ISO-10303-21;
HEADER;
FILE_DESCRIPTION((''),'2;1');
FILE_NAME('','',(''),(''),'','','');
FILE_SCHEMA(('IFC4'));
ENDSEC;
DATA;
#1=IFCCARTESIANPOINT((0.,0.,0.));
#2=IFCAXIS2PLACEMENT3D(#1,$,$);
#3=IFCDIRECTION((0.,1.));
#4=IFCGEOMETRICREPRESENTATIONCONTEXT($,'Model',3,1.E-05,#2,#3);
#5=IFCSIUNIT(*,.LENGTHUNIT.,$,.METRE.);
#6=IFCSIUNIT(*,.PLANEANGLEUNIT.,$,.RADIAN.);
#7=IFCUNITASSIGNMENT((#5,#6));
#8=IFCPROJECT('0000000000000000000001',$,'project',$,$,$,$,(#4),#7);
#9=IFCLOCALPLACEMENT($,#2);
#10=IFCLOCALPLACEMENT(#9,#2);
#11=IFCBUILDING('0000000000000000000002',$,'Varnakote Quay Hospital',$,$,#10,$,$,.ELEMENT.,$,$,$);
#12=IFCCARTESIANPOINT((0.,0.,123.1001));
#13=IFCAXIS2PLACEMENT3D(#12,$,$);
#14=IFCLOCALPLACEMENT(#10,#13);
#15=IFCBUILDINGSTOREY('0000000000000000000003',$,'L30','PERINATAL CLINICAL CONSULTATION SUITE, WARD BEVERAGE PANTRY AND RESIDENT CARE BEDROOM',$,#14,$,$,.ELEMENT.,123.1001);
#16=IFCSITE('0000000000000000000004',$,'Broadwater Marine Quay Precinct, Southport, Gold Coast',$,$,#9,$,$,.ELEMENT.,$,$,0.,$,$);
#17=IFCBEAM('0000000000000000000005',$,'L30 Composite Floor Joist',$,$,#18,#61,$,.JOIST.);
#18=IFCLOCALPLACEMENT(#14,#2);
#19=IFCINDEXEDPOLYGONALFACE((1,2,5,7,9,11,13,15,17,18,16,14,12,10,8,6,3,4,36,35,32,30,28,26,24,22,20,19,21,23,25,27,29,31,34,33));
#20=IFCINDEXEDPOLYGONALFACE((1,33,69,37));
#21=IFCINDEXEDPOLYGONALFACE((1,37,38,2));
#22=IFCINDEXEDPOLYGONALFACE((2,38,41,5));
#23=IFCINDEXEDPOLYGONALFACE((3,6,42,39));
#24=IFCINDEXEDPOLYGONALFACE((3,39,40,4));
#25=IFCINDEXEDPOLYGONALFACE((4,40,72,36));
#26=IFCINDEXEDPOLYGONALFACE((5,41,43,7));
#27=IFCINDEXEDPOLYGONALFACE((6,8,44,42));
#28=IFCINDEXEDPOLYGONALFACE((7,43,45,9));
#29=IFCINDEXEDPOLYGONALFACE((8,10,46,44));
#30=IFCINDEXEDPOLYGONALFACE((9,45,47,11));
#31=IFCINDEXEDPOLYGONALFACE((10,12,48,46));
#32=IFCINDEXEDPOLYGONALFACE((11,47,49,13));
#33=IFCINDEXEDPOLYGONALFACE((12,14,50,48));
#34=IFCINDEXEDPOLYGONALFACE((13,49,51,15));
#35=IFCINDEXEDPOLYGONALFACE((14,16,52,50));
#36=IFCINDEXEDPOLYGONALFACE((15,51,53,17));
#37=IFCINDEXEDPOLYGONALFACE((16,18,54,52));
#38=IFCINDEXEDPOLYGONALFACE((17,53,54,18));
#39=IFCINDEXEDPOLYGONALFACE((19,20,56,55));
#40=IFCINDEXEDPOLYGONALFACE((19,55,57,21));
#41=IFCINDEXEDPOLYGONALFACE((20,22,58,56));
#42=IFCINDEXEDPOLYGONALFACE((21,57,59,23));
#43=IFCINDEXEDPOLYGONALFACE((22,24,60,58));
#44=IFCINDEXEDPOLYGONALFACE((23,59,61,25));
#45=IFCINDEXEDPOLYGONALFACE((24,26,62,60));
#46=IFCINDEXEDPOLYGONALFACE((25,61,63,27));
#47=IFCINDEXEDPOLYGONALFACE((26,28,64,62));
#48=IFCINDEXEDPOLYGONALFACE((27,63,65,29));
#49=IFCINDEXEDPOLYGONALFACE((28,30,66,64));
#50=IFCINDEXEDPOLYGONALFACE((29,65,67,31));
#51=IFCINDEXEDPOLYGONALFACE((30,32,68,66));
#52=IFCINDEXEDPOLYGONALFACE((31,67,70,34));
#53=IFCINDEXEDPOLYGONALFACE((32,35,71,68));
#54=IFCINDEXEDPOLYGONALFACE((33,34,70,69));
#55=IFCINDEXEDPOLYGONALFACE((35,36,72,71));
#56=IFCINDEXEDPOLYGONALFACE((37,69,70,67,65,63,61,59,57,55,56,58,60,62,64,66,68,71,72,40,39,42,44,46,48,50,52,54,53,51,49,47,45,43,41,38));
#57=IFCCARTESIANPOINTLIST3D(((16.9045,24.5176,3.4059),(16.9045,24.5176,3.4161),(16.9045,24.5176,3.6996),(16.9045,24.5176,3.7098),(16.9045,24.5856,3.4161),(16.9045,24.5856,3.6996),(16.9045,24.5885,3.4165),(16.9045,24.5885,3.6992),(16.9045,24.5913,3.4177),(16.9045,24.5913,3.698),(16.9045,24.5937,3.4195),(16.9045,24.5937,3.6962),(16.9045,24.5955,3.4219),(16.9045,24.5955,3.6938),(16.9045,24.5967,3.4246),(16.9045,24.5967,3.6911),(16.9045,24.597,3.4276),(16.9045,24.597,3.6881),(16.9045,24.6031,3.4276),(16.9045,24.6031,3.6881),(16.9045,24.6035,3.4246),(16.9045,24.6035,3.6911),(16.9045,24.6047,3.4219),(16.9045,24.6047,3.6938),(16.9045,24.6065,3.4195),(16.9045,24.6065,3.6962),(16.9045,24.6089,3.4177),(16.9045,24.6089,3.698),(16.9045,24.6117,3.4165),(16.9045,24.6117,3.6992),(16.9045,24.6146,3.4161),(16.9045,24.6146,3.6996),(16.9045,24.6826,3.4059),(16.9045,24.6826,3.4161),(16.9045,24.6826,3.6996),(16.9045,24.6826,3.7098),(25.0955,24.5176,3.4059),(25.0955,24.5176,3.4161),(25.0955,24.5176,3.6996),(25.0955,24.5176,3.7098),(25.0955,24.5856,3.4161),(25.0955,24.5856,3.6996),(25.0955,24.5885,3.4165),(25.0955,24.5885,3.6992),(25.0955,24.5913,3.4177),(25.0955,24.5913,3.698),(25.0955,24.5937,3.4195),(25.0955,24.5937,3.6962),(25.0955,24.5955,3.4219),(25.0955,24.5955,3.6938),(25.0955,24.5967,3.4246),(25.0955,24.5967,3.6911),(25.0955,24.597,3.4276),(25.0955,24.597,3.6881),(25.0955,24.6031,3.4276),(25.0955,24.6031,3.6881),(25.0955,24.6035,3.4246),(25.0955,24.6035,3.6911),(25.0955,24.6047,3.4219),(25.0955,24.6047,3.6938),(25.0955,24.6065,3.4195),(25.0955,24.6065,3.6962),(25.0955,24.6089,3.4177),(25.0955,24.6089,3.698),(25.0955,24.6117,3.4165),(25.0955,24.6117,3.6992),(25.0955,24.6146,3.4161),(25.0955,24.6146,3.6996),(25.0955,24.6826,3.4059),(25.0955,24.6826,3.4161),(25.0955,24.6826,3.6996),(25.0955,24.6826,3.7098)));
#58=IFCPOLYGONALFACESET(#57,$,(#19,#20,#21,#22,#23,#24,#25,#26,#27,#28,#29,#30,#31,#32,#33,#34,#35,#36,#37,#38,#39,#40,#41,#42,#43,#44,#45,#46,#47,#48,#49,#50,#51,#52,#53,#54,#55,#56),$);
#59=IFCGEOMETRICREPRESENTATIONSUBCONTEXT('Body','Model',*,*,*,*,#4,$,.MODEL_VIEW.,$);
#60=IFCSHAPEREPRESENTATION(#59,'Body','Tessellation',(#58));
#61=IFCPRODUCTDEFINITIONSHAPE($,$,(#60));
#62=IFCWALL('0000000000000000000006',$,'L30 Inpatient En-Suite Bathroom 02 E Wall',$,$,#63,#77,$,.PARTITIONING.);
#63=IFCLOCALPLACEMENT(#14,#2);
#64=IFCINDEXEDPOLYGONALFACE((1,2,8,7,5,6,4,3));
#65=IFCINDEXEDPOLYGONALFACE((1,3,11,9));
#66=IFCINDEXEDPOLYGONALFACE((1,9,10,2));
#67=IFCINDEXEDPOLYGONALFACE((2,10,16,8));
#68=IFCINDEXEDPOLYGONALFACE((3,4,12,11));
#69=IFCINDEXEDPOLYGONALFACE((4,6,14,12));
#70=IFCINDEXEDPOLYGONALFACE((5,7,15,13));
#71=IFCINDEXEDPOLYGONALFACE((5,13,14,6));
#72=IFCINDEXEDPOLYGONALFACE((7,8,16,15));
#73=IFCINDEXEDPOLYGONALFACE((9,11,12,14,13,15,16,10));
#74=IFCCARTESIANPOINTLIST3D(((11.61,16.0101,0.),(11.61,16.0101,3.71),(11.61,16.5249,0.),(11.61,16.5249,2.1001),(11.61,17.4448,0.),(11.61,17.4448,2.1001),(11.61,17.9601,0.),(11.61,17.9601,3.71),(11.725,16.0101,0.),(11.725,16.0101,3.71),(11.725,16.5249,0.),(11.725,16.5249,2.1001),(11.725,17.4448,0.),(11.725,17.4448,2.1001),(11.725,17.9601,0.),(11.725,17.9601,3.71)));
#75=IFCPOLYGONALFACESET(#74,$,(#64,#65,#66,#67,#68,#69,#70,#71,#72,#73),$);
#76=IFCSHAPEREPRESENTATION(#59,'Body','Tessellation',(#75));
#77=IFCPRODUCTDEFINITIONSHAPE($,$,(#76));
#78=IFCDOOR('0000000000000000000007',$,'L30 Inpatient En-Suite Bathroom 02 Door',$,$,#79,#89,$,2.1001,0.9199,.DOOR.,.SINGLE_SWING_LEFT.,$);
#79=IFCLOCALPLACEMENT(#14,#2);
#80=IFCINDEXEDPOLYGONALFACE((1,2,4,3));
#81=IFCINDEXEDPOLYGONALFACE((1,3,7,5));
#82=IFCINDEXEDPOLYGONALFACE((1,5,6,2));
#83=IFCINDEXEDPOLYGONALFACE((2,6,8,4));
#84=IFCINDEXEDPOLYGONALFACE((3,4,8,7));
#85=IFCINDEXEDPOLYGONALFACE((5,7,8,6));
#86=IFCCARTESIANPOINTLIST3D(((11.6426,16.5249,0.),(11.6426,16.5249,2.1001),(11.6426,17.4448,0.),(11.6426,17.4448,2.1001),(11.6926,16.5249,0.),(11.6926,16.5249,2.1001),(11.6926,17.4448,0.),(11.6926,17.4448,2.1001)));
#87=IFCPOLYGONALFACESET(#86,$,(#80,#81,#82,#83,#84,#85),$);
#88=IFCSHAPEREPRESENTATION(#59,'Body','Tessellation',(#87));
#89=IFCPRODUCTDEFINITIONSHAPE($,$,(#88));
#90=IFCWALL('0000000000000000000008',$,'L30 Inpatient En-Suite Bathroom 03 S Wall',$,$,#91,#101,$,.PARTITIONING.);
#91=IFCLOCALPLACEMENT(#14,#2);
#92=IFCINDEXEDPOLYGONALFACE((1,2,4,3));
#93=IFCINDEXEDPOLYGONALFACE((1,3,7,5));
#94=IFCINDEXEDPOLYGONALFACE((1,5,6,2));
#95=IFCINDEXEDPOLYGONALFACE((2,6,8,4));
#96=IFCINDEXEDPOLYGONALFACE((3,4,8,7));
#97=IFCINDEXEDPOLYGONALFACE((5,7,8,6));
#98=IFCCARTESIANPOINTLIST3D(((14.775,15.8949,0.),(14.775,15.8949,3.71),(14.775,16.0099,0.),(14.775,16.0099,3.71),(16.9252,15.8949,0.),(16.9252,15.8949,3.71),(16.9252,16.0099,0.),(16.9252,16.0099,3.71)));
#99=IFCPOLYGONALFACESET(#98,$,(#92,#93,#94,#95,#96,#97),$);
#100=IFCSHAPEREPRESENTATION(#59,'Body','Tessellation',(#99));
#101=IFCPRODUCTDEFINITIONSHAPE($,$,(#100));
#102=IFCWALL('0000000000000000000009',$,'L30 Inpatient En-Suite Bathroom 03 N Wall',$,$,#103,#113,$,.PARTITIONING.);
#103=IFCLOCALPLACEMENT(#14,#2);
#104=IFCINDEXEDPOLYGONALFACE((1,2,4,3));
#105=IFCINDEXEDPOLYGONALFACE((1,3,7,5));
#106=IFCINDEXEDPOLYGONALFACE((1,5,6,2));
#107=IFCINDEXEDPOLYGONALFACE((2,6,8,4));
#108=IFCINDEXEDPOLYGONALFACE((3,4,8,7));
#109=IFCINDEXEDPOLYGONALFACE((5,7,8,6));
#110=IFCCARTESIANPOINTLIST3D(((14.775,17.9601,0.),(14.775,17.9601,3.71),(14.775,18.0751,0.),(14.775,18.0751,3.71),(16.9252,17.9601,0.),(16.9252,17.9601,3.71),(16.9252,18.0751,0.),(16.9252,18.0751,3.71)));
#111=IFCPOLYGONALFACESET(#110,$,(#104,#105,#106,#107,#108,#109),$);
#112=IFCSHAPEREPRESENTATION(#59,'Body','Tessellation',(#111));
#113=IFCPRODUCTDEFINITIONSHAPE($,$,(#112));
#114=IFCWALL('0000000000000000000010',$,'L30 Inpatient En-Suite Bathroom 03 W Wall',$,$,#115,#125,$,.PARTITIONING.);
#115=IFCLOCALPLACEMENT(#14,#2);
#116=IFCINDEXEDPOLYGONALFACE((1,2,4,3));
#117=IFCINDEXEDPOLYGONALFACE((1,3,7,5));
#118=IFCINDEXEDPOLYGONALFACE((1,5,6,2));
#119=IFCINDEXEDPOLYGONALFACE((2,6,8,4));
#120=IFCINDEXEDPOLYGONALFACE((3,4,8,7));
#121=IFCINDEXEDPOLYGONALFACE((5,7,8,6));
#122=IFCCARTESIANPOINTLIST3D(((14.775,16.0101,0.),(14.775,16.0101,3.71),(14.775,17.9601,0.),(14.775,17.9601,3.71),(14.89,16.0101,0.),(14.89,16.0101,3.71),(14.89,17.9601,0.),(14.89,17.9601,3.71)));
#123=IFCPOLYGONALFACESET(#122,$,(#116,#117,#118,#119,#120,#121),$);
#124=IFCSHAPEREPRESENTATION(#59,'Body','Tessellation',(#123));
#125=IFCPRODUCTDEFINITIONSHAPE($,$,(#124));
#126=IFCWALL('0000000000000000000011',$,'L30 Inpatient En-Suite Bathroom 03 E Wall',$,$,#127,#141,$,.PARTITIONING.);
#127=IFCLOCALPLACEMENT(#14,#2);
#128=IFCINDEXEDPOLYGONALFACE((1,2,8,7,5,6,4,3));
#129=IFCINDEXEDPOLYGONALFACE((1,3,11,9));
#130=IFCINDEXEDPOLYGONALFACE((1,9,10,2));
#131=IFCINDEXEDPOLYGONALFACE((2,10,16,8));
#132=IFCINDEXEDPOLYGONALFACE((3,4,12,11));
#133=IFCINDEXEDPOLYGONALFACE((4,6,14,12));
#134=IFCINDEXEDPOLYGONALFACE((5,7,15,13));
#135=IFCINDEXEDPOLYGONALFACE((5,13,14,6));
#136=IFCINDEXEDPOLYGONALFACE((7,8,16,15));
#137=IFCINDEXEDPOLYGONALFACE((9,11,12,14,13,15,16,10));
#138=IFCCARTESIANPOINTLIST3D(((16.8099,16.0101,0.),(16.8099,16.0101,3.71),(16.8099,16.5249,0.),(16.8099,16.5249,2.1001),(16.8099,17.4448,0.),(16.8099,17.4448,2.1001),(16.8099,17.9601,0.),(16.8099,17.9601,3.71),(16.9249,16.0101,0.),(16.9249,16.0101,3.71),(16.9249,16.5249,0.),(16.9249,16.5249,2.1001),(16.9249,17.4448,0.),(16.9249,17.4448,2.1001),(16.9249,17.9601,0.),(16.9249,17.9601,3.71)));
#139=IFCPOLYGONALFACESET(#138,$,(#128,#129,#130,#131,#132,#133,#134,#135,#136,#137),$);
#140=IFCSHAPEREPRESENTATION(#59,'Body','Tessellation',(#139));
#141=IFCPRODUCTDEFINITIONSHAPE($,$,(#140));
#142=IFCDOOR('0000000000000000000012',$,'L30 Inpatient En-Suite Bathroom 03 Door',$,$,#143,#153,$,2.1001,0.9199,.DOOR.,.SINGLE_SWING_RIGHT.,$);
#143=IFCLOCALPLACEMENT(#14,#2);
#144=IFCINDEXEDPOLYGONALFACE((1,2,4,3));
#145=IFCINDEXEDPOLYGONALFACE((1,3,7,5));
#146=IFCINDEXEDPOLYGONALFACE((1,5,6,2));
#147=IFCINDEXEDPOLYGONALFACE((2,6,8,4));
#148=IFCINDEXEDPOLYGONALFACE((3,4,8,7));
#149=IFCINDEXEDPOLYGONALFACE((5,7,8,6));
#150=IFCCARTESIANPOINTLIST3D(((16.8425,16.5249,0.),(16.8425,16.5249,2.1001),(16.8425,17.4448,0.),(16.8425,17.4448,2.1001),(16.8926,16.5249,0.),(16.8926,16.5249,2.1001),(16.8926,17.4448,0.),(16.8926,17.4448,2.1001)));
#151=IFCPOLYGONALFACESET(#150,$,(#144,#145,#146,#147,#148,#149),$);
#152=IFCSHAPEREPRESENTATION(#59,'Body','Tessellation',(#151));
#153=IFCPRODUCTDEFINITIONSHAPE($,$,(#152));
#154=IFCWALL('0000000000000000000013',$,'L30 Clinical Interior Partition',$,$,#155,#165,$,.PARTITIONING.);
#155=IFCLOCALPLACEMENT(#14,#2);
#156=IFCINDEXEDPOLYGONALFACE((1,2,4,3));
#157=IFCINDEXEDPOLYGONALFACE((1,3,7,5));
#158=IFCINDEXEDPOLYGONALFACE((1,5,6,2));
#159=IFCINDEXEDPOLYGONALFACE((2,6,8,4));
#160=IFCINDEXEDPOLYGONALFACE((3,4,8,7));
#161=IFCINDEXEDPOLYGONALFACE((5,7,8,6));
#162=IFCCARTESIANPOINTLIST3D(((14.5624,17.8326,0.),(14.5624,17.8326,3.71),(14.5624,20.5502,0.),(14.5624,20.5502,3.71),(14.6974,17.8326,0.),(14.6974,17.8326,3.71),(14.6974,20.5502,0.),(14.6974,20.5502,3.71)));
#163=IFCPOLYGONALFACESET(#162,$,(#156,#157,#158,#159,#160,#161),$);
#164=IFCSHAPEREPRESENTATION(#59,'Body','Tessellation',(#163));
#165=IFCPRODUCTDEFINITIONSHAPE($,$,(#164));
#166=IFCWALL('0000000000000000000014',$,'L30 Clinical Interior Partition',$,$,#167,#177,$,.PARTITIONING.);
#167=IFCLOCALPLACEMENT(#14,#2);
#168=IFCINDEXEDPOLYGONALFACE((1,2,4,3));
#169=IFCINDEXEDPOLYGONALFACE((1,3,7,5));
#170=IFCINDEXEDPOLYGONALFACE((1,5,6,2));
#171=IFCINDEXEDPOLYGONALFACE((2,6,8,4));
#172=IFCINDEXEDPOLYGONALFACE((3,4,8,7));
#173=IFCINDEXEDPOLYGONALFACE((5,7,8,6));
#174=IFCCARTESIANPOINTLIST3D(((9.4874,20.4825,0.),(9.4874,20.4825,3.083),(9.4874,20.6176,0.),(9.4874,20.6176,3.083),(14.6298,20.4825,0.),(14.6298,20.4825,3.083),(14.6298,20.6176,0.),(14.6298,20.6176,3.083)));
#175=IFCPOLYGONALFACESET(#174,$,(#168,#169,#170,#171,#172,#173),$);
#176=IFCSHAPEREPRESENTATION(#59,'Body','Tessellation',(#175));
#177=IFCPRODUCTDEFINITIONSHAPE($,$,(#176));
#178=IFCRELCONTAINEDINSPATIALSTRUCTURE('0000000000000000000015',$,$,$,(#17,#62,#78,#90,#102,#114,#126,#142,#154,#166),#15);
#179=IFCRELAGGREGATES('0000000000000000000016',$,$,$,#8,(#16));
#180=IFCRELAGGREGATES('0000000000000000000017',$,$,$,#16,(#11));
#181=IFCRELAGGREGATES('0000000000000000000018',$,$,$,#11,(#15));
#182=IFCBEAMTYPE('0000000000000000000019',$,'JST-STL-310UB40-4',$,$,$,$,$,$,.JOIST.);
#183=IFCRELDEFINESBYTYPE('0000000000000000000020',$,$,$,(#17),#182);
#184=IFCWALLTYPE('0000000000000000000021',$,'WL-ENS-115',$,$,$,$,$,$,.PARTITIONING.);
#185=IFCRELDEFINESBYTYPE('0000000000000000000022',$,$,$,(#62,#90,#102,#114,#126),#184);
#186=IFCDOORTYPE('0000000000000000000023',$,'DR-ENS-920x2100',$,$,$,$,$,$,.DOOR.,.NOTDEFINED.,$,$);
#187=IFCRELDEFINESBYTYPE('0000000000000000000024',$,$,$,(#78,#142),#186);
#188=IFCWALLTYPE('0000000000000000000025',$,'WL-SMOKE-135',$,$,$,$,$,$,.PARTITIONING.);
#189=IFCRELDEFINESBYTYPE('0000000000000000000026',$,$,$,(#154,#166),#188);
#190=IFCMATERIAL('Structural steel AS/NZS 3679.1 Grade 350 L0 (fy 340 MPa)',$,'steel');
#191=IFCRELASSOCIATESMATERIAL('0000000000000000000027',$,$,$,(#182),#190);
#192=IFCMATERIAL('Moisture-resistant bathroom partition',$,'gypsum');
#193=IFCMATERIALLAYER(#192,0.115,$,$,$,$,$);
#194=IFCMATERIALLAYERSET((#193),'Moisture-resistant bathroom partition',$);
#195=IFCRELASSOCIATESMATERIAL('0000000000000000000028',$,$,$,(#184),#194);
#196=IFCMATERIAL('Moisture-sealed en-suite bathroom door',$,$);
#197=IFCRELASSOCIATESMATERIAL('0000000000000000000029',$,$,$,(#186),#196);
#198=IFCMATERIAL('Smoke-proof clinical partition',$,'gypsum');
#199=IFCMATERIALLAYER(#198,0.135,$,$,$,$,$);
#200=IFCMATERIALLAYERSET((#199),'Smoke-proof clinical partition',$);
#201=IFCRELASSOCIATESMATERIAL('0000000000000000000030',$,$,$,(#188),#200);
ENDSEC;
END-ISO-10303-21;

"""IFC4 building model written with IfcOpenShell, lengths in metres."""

from ifc_helpers import new_model, si_unit, direction, frame, frame_2d, origin, origin_2d, place, context, subcontext, project, spatial, rectangle, i_section, extrude, material, layer, layer_set, material_profile, profile_set, type_object, element, fill, save


model = new_model("IFC4")

# Units and contexts
model_context = context("Model", 3, precision=1e-05, world=origin(), true_north=direction((0.0, 1.0)))
body_context = subcontext(model_context, "Body", "Model", "MODEL_VIEW")
ifc_project = project(units=[si_unit("LENGTHUNIT", "METRE"), si_unit("PLANEANGLEUNIT", "RADIAN")], contexts=[model_context])

# Site, building, storey
site_placement = place(None, origin())
site = spatial("IfcSite", under=ifc_project, at=site_placement, Name="Broadwater Marine Quay Precinct, Southport, Gold Coast", CompositionType="ELEMENT", RefElevation=0.0)
building_placement = place(site_placement, origin())
building = spatial("IfcBuilding", under=site, at=building_placement, Name="Varnakote Quay Hospital", CompositionType="ELEMENT")
storey_placement = place(building_placement, frame((0.0, 0.0, 123.1001)))
storey = spatial("IfcBuildingStorey", under=building, at=storey_placement, Name="L30", Description="PERINATAL CLINICAL CONSULTATION SUITE, WARD BEVERAGE PANTRY AND RESIDENT CARE BEDROOM", CompositionType="ELEMENT", Elevation=123.1001)

# Beam
ifc_material_1 = material(Name="Structural steel AS/NZS 3679.1 Grade 350 L0 (fy 340 MPa)", Category="steel")
ifc_material_profile_1 = material_profile(ifc_material_1, i_section(OverallWidth=0.165, OverallDepth=0.304, WebThickness=0.0061, FlangeThickness=0.0103, FilletRadius=0.0115, at=origin_2d()), Name="310UB40.4")
ifc_profile_set_1 = profile_set([ifc_material_profile_1], Name="Structural steel AS/NZS 3679.1 Grade 350 L0 (fy 340 MPa)")
beam_type_1 = type_object("IfcBeamType", Name="JST-STL-310UB40-4", PredefinedType="JOIST", material=ifc_profile_set_1)
beam_1_placement = place(storey_placement, frame((16.9045, 24.6001, 3.5579), z_axis=(1.0, 0.0, 0.0), x_axis=(0.0, 1.0, 0.0)))
element("IfcBeam", 1, at=beam_1_placement, inside=storey, type_object=beam_type_1, Name="L30 Composite Floor Joist", PredefinedType="JOIST", context=body_context, shape_type="SweptSolid", body=[
    extrude(i_section(OverallWidth=0.165, OverallDepth=0.304, WebThickness=0.0061, FlangeThickness=0.0103, FilletRadius=0.0115, at=origin_2d()), origin(), (0.0, 0.0, 1.0), 8.1909),
])

# Wall, opening, door
ifc_material_2 = material(Name="Moisture-resistant bathroom partition", Category="gypsum")
ifc_layer_1 = layer(ifc_material_2, 0.115)
ifc_layer_set_1 = layer_set([ifc_layer_1], Name="Moisture-resistant bathroom partition")
wall_type_1 = type_object("IfcWallType", Name="WL-ENS-115", PredefinedType="PARTITIONING", material=ifc_layer_set_1)
wall_1_placement = place(storey_placement, frame((11.6675, 16.01, 0.0), z_axis=(0.0, 0.0, 1.0), x_axis=(0.0, 1.0, 0.0)))
wall_1 = element("IfcWall", 2, at=wall_1_placement, inside=storey, type_object=wall_type_1, Name="L30 Inpatient En-Suite Bathroom 02 E Wall", PredefinedType="PARTITIONING", context=body_context, shape_type="SweptSolid", body=[
    extrude(rectangle(XDim=1.95, YDim=0.115, at=frame_2d((0.9751, 0.0))), origin(), (0.0, 0.0, 1.0), 3.71),
])
opening_1_placement = place(wall_1_placement, frame((0.5149, 0.0, 0.0)))
opening_1 = element("IfcOpeningElement", 3, at=opening_1_placement, cuts=wall_1, PredefinedType="OPENING", context=body_context, shape_type="SweptSolid", body=[
    extrude(rectangle(XDim=0.9199, YDim=2.1001, at=frame_2d((0.46, 1.05))), frame((0.0, 0.0674, 0.0), z_axis=(0.0, -1.0, 0.0), x_axis=(1.0, 0.0, 0.0)), (0.0, 0.0, 1.0), 0.135),
])
ifc_material_3 = material(Name="Moisture-sealed en-suite bathroom door")
door_type_1 = type_object("IfcDoorType", Name="DR-ENS-920x2100", OperationType="NOTDEFINED", PredefinedType="DOOR", material=ifc_material_3)
door_1_placement = place(opening_1_placement, origin())
door_1 = element("IfcDoor", 4, at=door_1_placement, inside=storey, type_object=door_type_1, Name="L30 Inpatient En-Suite Bathroom 02 Door", OperationType="SINGLE_SWING_LEFT", OverallHeight=2.1001, OverallWidth=0.9199, PredefinedType="DOOR", context=body_context, shape_type="SweptSolid", body=[
    extrude(rectangle(XDim=0.9199, YDim=2.1001, at=frame_2d((0.46, 1.05))), frame((0.0, 0.0249, 0.0), z_axis=(0.0, -1.0, 0.0), x_axis=(1.0, 0.0, 0.0)), (0.0, 0.0, 1.0), 0.05),
])
fill(opening_1, door_1)

# Walls
for number, where, z_axis, x_axis, name in (
    (5, (14.7749, 15.9524, 0.0), (0.0, 0.0, 1.0), (1.0, 0.0, 0.0), "L30 Inpatient En-Suite Bathroom 03 S Wall"),
    (6, (14.7749, 18.0176, 0.0), (0.0, 0.0, 1.0), (1.0, 0.0, 0.0), "L30 Inpatient En-Suite Bathroom 03 N Wall"),
):
    element("IfcWall", number, at=place(storey_placement, frame(where, z_axis=z_axis, x_axis=x_axis)), inside=storey, type_object=wall_type_1, Name=name, PredefinedType="PARTITIONING", context=body_context, shape_type="SweptSolid", body=[
        extrude(rectangle(XDim=2.1501, YDim=0.115, at=frame_2d((1.0752, 0.0))), origin(), (0.0, 0.0, 1.0), 3.71),
    ])
wall_2_placement = place(storey_placement, frame((14.8325, 16.01, 0.0), z_axis=(0.0, 0.0, 1.0), x_axis=(0.0, 1.0, 0.0)))
element("IfcWall", 7, at=wall_2_placement, inside=storey, type_object=wall_type_1, Name="L30 Inpatient En-Suite Bathroom 03 W Wall", PredefinedType="PARTITIONING", context=body_context, shape_type="SweptSolid", body=[
    extrude(rectangle(XDim=1.95, YDim=0.115, at=frame_2d((0.9751, 0.0))), origin(), (0.0, 0.0, 1.0), 3.71),
])

# Wall, opening, door
wall_3_placement = place(storey_placement, frame((16.8674, 16.01, 0.0), z_axis=(0.0, 0.0, 1.0), x_axis=(0.0, 1.0, 0.0)))
wall_3 = element("IfcWall", 8, at=wall_3_placement, inside=storey, type_object=wall_type_1, Name="L30 Inpatient En-Suite Bathroom 03 E Wall", PredefinedType="PARTITIONING", context=body_context, shape_type="SweptSolid", body=[
    extrude(rectangle(XDim=1.95, YDim=0.115, at=frame_2d((0.9751, 0.0))), origin(), (0.0, 0.0, 1.0), 3.71),
])
opening_2_placement = place(wall_3_placement, frame((0.5149, 0.0, 0.0)))
opening_2 = element("IfcOpeningElement", 9, at=opening_2_placement, cuts=wall_3, PredefinedType="OPENING", context=body_context, shape_type="SweptSolid", body=[
    extrude(rectangle(XDim=0.9199, YDim=2.1001, at=frame_2d((0.46, 1.05))), frame((0.0, 0.0674, 0.0), z_axis=(0.0, -1.0, 0.0), x_axis=(1.0, 0.0, 0.0)), (0.0, 0.0, 1.0), 0.135),
])
door_2_placement = place(opening_2_placement, origin())
door_2 = element("IfcDoor", 10, at=door_2_placement, inside=storey, type_object=door_type_1, Name="L30 Inpatient En-Suite Bathroom 03 Door", OperationType="SINGLE_SWING_RIGHT", OverallHeight=2.1001, OverallWidth=0.9199, PredefinedType="DOOR", context=body_context, shape_type="SweptSolid", body=[
    extrude(rectangle(XDim=0.9199, YDim=2.1001, at=frame_2d((0.46, 1.05))), frame((0.0, 0.0249, 0.0), z_axis=(0.0, -1.0, 0.0), x_axis=(1.0, 0.0, 0.0)), (0.0, 0.0, 1.0), 0.05),
])
fill(opening_2, door_2)

# Walls
ifc_material_4 = material(Name="Smoke-proof clinical partition", Category="gypsum")
ifc_layer_2 = layer(ifc_material_4, 0.135)
ifc_layer_set_2 = layer_set([ifc_layer_2], Name="Smoke-proof clinical partition")
wall_type_2 = type_object("IfcWallType", Name="WL-SMOKE-135", PredefinedType="PARTITIONING", material=ifc_layer_set_2)
wall_4_placement = place(storey_placement, frame((14.6299, 17.8325, 0.0), z_axis=(0.0, 0.0, 1.0), x_axis=(0.0, 1.0, 0.0)))
element("IfcWall", 11, at=wall_4_placement, inside=storey, type_object=wall_type_2, Name="L30 Clinical Interior Partition", PredefinedType="PARTITIONING", context=body_context, shape_type="SweptSolid", body=[
    extrude(rectangle(XDim=2.7175, YDim=0.135, at=frame_2d((1.3589, 0.0))), origin(), (0.0, 0.0, 1.0), 3.71),
])
wall_5_placement = place(storey_placement, frame((14.6299, 20.55, 0.0), z_axis=(0.0, 0.0, 1.0), x_axis=(-1.0, 0.0, 0.0)))
element("IfcWall", 12, at=wall_5_placement, inside=storey, type_object=wall_type_2, Name="L30 Clinical Interior Partition", PredefinedType="PARTITIONING", context=body_context, shape_type="SweptSolid", body=[
    extrude(rectangle(XDim=5.1423, YDim=0.135, at=frame_2d((2.5713, 0.0))), origin(), (0.0, 0.0, 1.0), 3.083),
])

save(model, "model.ifc")
